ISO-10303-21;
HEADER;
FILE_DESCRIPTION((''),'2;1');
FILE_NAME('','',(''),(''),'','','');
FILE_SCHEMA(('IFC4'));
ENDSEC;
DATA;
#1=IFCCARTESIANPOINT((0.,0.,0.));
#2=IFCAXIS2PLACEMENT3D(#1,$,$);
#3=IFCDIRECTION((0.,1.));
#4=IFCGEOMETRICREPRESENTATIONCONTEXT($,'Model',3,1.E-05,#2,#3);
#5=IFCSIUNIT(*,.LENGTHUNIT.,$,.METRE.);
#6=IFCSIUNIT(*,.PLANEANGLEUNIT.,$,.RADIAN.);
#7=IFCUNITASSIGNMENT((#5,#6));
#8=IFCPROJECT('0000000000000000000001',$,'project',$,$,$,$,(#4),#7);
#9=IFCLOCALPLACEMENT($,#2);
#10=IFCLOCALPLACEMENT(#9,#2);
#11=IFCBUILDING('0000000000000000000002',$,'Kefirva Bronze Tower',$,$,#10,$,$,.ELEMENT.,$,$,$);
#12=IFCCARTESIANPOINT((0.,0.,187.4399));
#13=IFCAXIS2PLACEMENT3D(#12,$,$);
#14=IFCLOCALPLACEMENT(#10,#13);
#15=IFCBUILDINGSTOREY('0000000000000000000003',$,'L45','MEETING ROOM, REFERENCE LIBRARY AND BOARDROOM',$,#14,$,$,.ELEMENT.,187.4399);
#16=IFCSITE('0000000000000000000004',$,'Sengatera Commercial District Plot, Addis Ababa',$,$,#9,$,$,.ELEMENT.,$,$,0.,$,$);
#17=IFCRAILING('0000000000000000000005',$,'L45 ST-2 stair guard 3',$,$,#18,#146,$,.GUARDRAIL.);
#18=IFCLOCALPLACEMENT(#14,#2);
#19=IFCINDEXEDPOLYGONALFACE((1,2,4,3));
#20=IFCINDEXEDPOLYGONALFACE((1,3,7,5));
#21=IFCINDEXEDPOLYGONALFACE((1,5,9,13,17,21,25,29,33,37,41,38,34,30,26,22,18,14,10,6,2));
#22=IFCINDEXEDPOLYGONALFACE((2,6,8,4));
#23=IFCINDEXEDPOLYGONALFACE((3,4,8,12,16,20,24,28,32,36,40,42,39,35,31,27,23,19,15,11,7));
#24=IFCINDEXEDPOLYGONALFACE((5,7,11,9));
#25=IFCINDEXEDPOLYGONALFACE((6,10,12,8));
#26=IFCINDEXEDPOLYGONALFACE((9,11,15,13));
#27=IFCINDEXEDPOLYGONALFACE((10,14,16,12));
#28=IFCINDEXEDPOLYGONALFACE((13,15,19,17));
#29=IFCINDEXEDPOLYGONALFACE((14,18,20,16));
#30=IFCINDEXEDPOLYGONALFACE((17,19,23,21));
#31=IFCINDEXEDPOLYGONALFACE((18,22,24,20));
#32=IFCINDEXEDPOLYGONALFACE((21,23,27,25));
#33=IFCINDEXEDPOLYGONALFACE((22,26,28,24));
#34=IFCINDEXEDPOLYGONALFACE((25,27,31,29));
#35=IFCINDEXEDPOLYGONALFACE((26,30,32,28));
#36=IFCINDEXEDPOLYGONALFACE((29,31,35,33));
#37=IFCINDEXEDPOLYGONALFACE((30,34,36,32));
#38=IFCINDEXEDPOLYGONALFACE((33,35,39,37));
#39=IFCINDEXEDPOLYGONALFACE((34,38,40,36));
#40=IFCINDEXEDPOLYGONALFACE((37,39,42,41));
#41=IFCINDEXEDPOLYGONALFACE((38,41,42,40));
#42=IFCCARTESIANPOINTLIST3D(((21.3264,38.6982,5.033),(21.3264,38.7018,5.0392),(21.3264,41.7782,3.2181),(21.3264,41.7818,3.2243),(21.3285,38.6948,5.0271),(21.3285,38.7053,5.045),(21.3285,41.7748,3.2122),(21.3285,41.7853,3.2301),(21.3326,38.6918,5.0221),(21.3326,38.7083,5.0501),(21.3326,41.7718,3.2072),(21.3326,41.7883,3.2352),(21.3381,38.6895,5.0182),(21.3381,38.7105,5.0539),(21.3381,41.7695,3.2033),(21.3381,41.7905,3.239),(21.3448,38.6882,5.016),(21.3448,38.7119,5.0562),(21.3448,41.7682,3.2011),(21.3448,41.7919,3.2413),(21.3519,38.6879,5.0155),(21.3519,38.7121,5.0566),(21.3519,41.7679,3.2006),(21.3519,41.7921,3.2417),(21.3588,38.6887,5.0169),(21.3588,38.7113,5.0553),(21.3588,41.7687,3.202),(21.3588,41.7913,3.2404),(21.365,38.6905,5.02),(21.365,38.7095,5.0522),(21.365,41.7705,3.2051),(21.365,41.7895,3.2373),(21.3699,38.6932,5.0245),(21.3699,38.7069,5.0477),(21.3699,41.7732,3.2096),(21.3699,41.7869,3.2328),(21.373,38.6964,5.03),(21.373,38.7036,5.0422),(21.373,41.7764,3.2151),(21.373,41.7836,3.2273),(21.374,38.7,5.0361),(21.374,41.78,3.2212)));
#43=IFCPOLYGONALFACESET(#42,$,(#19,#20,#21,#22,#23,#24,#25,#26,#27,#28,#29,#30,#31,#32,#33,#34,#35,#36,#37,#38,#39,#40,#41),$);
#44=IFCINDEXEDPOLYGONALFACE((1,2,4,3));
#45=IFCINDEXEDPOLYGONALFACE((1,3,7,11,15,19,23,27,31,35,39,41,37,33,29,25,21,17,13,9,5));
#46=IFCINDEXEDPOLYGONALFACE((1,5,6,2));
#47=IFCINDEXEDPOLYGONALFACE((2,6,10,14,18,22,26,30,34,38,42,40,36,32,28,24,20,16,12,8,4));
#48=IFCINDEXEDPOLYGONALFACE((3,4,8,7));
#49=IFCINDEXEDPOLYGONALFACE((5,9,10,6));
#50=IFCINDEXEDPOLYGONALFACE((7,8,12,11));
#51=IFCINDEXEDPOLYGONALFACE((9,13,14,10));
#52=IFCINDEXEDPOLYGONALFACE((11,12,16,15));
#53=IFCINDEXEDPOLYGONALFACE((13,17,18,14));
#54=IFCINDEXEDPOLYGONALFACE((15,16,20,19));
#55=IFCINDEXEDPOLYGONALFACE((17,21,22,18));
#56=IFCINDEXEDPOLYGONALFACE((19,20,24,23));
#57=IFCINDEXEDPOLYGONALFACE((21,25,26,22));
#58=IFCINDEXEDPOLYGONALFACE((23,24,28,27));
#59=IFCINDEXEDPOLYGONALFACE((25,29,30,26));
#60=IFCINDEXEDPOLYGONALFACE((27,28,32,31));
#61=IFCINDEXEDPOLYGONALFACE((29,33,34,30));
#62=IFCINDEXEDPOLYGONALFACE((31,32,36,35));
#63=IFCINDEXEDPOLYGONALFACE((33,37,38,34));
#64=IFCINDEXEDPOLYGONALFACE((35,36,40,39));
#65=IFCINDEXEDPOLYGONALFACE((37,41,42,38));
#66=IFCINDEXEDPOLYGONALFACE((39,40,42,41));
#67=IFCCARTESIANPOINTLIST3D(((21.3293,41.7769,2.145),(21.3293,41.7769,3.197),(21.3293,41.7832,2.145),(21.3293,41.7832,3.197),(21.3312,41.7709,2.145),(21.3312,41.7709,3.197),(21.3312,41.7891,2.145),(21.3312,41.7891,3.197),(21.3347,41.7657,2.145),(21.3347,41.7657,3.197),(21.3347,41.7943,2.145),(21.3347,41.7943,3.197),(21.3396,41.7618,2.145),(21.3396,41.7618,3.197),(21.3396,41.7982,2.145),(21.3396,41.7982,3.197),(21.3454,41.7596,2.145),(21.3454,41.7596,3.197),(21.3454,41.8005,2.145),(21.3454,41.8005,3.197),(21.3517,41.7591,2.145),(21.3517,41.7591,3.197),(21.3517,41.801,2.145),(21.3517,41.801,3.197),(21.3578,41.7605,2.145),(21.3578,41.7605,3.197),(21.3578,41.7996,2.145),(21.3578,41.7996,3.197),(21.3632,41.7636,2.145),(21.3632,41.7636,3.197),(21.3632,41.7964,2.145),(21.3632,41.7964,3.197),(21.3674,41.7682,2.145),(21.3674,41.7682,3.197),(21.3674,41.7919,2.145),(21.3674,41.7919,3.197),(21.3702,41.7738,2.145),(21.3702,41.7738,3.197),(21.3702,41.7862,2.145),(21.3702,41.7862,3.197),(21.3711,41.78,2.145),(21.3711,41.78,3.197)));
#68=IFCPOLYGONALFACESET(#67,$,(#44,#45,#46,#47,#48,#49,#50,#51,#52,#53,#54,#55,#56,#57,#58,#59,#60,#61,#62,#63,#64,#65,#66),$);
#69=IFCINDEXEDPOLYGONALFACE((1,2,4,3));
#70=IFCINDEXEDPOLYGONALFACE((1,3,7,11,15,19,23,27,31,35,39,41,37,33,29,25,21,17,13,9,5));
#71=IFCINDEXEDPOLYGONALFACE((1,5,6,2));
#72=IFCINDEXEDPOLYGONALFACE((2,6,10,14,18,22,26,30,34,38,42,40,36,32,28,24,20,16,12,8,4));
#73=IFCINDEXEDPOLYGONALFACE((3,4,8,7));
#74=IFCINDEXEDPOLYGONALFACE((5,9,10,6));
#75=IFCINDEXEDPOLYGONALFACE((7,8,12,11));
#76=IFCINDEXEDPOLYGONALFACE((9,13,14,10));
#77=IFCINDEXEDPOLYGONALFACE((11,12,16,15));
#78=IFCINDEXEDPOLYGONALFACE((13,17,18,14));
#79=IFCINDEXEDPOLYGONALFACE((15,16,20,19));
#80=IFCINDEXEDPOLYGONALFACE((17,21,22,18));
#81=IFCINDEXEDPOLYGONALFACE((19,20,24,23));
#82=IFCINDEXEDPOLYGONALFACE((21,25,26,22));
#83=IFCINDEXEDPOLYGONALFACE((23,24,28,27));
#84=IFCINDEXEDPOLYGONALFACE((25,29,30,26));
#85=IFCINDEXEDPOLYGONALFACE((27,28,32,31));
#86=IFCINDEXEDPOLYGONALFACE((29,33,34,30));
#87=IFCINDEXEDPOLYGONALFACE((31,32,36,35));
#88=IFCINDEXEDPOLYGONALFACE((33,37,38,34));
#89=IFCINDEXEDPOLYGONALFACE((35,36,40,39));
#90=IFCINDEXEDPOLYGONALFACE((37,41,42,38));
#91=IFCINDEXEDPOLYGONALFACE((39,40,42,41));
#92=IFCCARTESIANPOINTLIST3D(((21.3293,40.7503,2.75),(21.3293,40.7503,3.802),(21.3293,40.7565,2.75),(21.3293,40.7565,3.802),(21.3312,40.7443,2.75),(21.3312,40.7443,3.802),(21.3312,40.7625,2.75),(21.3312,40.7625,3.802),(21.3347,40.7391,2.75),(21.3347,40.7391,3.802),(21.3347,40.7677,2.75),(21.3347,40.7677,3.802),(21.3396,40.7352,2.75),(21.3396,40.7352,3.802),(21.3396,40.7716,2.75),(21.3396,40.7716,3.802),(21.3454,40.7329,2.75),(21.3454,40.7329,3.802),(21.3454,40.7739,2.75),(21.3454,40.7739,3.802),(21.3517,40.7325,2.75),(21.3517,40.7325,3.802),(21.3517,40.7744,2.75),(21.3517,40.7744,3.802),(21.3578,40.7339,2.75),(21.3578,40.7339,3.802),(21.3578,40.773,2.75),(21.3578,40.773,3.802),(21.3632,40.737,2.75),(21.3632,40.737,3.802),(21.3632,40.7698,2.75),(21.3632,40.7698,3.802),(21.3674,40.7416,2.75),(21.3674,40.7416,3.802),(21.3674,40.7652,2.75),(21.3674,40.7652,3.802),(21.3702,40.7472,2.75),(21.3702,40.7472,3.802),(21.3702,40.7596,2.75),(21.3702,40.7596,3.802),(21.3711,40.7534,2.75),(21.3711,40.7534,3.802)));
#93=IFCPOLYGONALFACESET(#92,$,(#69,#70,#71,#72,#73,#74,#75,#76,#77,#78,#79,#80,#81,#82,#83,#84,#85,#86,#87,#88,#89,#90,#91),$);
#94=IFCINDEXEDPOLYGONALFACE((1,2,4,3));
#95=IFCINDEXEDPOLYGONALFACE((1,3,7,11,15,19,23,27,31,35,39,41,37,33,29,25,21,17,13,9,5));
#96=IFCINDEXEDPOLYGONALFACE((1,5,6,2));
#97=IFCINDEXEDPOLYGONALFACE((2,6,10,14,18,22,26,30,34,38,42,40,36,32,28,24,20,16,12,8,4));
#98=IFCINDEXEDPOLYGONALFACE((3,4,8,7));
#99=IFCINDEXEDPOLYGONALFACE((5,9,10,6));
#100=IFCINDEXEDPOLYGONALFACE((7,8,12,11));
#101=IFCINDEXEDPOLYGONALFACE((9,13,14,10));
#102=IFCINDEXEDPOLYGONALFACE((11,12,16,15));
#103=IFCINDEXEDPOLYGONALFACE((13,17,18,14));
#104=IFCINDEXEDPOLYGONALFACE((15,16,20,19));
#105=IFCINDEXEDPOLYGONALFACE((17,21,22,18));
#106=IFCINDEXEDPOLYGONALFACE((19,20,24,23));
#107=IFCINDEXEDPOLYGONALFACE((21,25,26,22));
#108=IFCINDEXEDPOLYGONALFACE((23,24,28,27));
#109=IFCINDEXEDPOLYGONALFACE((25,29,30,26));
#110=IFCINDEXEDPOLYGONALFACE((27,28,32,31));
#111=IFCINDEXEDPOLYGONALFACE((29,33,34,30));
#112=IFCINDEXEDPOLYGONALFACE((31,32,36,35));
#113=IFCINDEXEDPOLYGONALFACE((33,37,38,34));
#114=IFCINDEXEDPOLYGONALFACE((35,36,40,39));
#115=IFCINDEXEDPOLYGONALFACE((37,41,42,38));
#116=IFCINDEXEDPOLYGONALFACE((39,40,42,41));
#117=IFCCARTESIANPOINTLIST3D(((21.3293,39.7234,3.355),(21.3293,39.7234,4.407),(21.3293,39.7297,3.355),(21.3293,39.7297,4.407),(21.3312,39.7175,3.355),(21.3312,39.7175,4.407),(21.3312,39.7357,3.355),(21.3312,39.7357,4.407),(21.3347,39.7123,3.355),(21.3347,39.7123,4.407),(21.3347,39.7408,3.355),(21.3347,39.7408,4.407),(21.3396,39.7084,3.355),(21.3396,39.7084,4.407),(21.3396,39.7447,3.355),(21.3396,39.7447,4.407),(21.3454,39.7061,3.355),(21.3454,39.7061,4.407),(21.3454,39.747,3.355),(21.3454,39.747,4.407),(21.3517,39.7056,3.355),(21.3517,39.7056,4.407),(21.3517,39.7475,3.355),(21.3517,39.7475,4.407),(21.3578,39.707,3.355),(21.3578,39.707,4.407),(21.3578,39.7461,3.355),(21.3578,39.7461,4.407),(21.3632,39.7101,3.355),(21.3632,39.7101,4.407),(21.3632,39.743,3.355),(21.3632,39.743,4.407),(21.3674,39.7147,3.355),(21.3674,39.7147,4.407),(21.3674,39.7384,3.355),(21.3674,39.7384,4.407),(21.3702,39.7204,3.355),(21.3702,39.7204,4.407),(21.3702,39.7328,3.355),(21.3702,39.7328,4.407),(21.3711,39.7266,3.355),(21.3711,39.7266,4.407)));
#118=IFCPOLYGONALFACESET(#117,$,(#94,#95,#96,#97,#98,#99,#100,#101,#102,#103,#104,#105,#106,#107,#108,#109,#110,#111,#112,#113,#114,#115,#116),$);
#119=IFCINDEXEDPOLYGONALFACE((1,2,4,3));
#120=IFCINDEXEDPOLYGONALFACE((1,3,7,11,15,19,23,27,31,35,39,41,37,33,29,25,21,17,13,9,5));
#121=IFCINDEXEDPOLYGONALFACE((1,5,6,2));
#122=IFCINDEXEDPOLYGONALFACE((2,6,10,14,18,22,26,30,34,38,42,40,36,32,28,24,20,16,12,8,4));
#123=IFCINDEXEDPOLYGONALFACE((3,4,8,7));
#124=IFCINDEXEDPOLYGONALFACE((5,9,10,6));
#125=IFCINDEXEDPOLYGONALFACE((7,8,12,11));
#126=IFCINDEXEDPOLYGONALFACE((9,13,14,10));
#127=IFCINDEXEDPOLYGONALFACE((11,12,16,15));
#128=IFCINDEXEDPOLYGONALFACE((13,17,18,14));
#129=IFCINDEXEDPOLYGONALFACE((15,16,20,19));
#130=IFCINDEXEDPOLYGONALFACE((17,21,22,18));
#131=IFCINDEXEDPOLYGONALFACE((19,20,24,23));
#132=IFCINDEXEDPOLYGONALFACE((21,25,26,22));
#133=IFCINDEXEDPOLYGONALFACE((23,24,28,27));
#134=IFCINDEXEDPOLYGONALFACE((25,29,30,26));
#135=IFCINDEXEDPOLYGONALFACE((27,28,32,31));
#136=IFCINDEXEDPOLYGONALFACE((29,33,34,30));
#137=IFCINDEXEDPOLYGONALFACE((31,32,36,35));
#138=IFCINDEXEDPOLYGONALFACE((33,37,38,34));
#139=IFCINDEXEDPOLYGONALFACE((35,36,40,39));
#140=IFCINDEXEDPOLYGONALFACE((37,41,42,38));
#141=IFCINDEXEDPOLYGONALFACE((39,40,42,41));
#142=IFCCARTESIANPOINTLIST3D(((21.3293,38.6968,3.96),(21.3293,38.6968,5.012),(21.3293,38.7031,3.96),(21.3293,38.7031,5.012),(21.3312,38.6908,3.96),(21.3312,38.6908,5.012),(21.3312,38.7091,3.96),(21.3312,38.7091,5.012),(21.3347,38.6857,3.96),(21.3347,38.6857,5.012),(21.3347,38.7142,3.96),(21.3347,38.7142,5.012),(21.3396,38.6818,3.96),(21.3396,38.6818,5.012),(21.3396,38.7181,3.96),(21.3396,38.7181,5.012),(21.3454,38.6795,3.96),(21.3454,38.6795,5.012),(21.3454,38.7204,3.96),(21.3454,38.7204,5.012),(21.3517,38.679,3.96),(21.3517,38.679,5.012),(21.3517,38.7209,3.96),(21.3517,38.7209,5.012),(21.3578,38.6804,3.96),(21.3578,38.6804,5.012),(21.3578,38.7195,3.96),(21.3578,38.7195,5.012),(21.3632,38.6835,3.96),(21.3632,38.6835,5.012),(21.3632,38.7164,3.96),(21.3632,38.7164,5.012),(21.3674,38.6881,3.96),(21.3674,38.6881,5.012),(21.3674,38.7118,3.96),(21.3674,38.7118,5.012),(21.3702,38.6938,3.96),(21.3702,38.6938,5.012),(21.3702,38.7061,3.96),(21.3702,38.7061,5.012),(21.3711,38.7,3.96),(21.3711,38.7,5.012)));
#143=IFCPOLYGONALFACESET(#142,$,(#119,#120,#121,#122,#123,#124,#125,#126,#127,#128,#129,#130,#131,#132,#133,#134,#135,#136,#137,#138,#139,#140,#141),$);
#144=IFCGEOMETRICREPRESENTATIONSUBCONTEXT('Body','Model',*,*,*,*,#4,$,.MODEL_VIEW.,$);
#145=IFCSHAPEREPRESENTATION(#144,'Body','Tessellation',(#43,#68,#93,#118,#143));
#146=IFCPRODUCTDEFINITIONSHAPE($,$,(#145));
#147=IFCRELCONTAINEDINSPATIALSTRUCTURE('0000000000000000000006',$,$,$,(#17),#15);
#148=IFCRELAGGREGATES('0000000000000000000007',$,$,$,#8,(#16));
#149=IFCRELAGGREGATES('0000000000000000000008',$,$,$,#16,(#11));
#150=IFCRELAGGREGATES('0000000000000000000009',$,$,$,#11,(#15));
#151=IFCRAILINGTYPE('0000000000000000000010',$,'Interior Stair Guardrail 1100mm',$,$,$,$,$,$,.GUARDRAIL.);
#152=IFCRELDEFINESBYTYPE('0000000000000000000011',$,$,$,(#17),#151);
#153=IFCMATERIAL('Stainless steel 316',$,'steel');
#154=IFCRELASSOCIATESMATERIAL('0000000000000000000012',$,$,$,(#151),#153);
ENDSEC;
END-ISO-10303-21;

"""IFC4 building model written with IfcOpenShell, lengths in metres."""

from ifc_helpers import new_model, si_unit, direction, frame, origin, origin_2d, place, context, subcontext, project, spatial, circle, extrude, material, type_object, element, save


model = new_model("IFC4")

# Units and contexts
model_context = context("Model", 3, precision=1e-05, world=origin(), true_north=direction((0.0, 1.0)))
body_context = subcontext(model_context, "Body", "Model", "MODEL_VIEW")
ifc_project = project(units=[si_unit("LENGTHUNIT", "METRE"), si_unit("PLANEANGLEUNIT", "RADIAN")], contexts=[model_context])

# Site, building, storey
site_placement = place(None, origin())
site = spatial("IfcSite", under=ifc_project, at=site_placement, Name="Sengatera Commercial District Plot, Addis Ababa", CompositionType="ELEMENT", RefElevation=0.0)
building_placement = place(site_placement, origin())
building = spatial("IfcBuilding", under=site, at=building_placement, Name="Kefirva Bronze Tower", CompositionType="ELEMENT")
storey_placement = place(building_placement, frame((0.0, 0.0, 187.4399)))
storey = spatial("IfcBuildingStorey", under=building, at=storey_placement, Name="L45", Description="MEETING ROOM, REFERENCE LIBRARY AND BOARDROOM", CompositionType="ELEMENT", Elevation=187.4399)

# Railing
ifc_material_1 = material(Name="Stainless steel 316", Category="steel")
railing_type_1 = type_object("IfcRailingType", Name="Interior Stair Guardrail 1100mm", PredefinedType="GUARDRAIL", material=ifc_material_1)
railing_1_placement = place(storey_placement, frame((21.3501, 41.78, 2.145)))
element("IfcRailing", 1, at=railing_1_placement, inside=storey, type_object=railing_type_1, Name="L45 ST-2 stair guard 3", PredefinedType="GUARDRAIL", context=body_context, shape_type="SweptSolid", body=[
    extrude(circle(Radius=0.0239, at=origin_2d()), frame((0.0, 0.0, 1.0762), z_axis=(0.0, -0.861551, 0.507671), x_axis=(1.0, 0.0, 0.0)), (0.0, 0.0, 1.0), 3.575),
    extrude(circle(Radius=0.021, at=origin_2d()), origin(), (0.0, 0.0, 1.0), 1.052),
    extrude(circle(Radius=0.021, at=origin_2d()), frame((0.0, -1.0266, 0.605)), (0.0, 0.0, 1.0), 1.052),
    extrude(circle(Radius=0.021, at=origin_2d()), frame((0.0, -2.0535, 1.21)), (0.0, 0.0, 1.0), 1.052),
    extrude(circle(Radius=0.021, at=origin_2d()), frame((0.0, -3.0801, 1.8149)), (0.0, 0.0, 1.0), 1.052),
])

save(model, "model.ifc")
